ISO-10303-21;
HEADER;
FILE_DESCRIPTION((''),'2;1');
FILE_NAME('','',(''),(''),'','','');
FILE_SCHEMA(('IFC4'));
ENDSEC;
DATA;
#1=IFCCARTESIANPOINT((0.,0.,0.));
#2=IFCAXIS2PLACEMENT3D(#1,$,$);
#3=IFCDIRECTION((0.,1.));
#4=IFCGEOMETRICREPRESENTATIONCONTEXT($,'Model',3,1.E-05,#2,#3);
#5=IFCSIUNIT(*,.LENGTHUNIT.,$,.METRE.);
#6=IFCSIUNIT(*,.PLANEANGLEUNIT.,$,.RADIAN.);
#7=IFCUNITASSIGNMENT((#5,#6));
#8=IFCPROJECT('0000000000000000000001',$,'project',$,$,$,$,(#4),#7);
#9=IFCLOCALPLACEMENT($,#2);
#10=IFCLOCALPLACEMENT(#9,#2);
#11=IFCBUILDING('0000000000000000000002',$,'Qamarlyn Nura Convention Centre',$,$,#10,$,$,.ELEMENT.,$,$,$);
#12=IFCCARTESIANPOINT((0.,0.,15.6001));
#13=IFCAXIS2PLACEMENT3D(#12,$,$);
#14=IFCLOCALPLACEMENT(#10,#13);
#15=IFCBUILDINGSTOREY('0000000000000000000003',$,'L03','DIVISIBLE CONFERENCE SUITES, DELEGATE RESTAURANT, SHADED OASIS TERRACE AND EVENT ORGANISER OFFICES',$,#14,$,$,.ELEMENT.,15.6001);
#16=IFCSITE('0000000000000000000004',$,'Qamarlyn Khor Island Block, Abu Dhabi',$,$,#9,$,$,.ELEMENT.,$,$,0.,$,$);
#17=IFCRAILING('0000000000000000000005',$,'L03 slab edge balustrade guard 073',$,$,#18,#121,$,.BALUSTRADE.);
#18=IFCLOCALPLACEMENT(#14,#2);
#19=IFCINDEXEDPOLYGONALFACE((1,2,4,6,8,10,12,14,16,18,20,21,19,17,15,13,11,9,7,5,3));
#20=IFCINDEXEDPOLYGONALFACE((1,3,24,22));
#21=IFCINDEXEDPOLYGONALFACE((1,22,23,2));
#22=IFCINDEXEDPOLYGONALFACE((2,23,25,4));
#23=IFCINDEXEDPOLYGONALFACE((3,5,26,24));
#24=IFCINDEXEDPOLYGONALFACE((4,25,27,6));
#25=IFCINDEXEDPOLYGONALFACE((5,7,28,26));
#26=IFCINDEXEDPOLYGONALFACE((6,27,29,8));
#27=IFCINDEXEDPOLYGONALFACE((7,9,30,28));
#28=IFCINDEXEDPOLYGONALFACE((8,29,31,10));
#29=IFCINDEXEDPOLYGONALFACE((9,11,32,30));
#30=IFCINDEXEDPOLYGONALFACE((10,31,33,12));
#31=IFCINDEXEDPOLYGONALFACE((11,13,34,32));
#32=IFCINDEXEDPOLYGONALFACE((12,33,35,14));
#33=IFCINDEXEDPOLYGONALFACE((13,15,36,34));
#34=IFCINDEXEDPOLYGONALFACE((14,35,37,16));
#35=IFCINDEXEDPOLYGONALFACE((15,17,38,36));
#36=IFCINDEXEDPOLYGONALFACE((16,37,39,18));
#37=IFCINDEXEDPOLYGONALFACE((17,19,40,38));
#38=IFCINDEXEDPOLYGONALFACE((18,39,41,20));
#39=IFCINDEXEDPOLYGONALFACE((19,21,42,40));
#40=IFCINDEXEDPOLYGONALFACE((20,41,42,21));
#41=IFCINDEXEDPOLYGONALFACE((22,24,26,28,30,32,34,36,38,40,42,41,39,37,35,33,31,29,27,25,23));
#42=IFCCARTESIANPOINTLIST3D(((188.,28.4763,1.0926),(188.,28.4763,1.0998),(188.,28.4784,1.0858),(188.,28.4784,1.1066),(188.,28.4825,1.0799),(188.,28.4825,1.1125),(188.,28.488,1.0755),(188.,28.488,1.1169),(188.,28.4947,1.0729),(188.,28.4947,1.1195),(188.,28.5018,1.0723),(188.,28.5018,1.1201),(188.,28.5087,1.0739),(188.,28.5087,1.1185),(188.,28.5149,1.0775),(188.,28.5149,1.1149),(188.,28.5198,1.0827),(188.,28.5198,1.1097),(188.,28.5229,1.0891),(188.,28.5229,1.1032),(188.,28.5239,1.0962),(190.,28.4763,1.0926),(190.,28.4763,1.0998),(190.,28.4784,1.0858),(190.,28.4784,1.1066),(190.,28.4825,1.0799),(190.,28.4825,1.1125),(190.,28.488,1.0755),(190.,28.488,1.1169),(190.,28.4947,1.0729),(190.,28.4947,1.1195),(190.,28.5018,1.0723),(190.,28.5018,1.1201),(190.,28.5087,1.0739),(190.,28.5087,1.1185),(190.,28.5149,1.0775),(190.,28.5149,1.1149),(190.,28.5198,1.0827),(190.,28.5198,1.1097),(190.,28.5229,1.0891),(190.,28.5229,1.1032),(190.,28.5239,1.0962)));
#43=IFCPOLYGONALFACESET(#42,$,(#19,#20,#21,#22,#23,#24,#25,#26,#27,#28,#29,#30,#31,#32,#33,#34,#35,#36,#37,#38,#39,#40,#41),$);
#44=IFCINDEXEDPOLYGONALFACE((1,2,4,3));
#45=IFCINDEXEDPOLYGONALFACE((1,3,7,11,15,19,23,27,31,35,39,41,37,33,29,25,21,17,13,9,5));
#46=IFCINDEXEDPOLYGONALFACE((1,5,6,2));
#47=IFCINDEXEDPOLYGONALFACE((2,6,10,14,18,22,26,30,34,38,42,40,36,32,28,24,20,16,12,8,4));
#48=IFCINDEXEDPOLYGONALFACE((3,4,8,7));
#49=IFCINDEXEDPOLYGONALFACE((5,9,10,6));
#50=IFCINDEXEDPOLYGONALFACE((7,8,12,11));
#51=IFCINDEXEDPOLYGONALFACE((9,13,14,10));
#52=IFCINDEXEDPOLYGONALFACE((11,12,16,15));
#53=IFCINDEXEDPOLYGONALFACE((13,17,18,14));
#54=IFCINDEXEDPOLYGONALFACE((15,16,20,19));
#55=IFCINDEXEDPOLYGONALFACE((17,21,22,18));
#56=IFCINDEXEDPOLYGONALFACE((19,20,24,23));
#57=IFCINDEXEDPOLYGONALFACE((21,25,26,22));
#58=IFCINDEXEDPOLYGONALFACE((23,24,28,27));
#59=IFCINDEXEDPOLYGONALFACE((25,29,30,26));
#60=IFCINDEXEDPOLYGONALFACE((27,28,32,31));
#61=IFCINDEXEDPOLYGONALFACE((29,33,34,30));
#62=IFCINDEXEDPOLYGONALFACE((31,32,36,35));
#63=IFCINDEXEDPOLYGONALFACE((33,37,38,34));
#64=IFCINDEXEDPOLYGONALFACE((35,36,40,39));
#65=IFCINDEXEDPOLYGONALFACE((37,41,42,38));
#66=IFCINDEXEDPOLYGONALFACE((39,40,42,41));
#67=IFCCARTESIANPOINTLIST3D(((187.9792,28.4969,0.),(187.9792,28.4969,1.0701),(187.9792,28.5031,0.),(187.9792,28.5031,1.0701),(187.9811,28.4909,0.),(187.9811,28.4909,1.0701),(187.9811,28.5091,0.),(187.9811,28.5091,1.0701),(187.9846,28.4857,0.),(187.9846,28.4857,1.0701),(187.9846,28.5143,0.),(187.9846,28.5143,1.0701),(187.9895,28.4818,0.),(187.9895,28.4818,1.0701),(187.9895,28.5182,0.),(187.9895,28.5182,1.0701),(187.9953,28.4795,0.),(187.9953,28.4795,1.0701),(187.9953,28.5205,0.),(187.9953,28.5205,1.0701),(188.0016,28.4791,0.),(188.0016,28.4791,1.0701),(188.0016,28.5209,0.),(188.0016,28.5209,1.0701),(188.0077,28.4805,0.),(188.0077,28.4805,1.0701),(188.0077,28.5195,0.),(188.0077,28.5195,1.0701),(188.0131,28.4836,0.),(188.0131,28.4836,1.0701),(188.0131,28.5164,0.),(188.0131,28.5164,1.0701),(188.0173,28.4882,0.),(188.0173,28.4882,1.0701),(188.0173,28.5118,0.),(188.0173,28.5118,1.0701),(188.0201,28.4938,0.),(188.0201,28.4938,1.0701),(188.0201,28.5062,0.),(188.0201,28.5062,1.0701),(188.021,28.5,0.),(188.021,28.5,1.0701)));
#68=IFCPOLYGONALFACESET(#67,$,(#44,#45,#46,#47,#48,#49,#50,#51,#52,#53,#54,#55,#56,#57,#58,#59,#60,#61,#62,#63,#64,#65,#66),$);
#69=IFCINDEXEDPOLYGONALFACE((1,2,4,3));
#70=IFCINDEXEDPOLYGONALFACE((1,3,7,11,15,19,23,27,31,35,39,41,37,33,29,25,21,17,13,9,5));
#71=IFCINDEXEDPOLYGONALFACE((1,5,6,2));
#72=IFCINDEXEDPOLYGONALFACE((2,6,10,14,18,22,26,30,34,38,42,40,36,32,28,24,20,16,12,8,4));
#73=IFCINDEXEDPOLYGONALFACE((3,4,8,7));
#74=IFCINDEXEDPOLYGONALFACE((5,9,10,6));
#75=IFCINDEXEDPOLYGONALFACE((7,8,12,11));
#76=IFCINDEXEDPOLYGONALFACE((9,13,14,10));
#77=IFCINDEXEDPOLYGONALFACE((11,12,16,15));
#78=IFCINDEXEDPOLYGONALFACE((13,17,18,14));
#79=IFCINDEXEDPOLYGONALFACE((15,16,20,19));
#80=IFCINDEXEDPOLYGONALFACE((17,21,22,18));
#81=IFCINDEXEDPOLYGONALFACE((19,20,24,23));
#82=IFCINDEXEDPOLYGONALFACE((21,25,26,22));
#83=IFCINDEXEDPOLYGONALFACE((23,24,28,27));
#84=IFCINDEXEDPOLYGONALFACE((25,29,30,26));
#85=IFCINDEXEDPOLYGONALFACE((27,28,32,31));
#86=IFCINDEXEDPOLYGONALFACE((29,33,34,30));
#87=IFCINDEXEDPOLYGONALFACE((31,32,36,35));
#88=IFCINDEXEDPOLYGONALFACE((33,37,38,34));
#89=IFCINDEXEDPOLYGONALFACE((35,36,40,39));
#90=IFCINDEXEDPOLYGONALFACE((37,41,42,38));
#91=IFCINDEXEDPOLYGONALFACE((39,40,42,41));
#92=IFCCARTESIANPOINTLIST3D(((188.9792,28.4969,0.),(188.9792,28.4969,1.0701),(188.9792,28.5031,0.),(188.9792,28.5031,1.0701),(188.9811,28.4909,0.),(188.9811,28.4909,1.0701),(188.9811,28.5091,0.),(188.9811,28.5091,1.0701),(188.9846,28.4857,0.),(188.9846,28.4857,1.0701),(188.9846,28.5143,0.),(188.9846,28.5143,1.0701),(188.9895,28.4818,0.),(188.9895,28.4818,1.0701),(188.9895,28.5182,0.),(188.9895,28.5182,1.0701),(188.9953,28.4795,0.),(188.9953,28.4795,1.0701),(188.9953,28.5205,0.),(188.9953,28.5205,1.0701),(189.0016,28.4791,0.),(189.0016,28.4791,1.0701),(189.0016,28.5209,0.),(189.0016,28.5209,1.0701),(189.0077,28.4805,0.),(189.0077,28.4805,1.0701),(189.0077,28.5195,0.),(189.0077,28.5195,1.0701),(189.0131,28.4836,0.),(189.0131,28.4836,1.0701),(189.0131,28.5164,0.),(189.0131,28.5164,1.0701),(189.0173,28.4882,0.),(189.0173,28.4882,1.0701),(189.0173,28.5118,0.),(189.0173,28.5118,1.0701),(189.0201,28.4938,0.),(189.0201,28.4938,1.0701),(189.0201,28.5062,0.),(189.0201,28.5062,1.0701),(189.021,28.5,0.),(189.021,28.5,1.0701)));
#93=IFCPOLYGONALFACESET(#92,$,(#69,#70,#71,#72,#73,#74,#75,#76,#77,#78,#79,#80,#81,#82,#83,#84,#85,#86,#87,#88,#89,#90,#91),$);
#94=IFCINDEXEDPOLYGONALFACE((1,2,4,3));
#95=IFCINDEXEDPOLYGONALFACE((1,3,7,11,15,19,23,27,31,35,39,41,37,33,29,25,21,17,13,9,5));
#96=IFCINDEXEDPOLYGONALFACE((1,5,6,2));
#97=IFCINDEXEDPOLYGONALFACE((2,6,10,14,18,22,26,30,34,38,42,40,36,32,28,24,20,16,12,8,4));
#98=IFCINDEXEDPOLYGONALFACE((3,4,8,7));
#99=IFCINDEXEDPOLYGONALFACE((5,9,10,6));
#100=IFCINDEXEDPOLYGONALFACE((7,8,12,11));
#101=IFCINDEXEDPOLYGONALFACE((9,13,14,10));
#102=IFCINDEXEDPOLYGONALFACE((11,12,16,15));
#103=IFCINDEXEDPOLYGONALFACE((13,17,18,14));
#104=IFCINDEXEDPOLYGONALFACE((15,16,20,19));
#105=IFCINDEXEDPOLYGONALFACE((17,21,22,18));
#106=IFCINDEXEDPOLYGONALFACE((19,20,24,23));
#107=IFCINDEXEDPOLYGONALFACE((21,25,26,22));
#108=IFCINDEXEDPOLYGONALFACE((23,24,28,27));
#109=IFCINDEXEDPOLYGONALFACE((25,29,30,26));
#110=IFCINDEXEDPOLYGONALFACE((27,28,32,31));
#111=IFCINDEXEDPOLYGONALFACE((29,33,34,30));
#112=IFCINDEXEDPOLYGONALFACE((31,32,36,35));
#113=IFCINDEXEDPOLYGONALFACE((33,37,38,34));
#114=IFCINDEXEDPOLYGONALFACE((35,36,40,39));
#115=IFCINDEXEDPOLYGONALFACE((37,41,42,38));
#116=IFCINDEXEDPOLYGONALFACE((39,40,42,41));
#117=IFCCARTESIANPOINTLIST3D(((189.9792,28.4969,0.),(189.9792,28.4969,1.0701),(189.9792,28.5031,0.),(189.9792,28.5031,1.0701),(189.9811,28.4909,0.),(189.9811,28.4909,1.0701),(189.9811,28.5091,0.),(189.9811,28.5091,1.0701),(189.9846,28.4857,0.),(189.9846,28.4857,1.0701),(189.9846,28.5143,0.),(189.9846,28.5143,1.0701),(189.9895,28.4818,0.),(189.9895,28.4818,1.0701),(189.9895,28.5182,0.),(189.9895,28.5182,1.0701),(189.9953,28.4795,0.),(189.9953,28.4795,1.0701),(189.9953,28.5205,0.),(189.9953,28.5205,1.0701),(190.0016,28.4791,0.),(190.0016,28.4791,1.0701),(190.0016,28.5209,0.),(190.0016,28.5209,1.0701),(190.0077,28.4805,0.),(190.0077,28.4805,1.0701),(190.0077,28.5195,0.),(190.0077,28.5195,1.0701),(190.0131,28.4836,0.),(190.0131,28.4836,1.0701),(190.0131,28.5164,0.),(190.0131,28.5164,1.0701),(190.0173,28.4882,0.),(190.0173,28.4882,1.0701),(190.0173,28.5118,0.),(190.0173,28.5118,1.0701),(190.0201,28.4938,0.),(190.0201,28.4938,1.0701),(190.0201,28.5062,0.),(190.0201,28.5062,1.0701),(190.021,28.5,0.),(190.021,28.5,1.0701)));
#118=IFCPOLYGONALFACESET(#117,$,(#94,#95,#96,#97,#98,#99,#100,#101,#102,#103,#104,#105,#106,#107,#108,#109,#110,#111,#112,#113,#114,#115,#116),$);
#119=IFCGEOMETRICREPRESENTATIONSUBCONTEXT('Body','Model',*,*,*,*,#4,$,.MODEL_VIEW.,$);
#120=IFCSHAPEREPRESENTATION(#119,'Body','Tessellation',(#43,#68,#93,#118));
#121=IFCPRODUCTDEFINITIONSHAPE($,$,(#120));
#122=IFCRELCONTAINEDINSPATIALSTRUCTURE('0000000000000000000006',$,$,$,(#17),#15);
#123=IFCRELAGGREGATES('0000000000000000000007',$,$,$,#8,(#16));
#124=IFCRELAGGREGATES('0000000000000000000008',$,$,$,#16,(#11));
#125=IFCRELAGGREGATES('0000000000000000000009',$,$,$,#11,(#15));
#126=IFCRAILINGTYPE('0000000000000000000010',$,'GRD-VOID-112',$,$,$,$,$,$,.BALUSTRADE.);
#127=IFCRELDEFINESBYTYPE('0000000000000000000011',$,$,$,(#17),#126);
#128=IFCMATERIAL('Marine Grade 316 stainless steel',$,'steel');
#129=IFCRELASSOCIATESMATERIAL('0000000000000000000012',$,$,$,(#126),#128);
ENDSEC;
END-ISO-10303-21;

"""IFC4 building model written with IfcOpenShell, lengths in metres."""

from ifc_helpers import new_model, si_unit, direction, frame, origin, origin_2d, place, context, subcontext, project, spatial, circle, extrude, material, type_object, element, save


model = new_model("IFC4")

# Units and contexts
model_context = context("Model", 3, precision=1e-05, world=origin(), true_north=direction((0.0, 1.0)))
body_context = subcontext(model_context, "Body", "Model", "MODEL_VIEW")
ifc_project = project(units=[si_unit("LENGTHUNIT", "METRE"), si_unit("PLANEANGLEUNIT", "RADIAN")], contexts=[model_context])

# Site, building, storey
site_placement = place(None, origin())
site = spatial("IfcSite", under=ifc_project, at=site_placement, Name="Qamarlyn Khor Island Block, Abu Dhabi", CompositionType="ELEMENT", RefElevation=0.0)
building_placement = place(site_placement, origin())
building = spatial("IfcBuilding", under=site, at=building_placement, Name="Qamarlyn Nura Convention Centre", CompositionType="ELEMENT")
storey_placement = place(building_placement, frame((0.0, 0.0, 15.6001)))
storey = spatial("IfcBuildingStorey", under=building, at=storey_placement, Name="L03", Description="DIVISIBLE CONFERENCE SUITES, DELEGATE RESTAURANT, SHADED OASIS TERRACE AND EVENT ORGANISER OFFICES", CompositionType="ELEMENT", Elevation=15.6001)

# Railing
ifc_material_1 = material(Name="Marine Grade 316 stainless steel", Category="steel")
railing_type = type_object("IfcRailingType", Name="GRD-VOID-112", PredefinedType="BALUSTRADE", material=ifc_material_1)
railing_1_placement = place(storey_placement, frame((188.0, 28.5, 0.0)))
element("IfcRailing", 1, at=railing_1_placement, inside=storey, type_object=railing_type, Name="L03 slab edge balustrade guard 073", PredefinedType="BALUSTRADE", context=body_context, shape_type="SweptSolid", body=[
    extrude(circle(Radius=0.0239, at=origin_2d()), frame((0.0, 0.0, 1.0962), z_axis=(1.0, 0.0, 0.0), x_axis=(0.0, 1.0, 0.0)), (0.0, 0.0, 1.0), 2.0),
    extrude(circle(Radius=0.021, at=origin_2d()), origin(), (0.0, 0.0, 1.0), 1.0701),
    extrude(circle(Radius=0.021, at=origin_2d()), frame((1.0, 0.0, 0.0)), (0.0, 0.0, 1.0), 1.0701),
    extrude(circle(Radius=0.021, at=origin_2d()), frame((2.0, 0.0, 0.0)), (0.0, 0.0, 1.0), 1.0701),
])

save(model, "model.ifc")
